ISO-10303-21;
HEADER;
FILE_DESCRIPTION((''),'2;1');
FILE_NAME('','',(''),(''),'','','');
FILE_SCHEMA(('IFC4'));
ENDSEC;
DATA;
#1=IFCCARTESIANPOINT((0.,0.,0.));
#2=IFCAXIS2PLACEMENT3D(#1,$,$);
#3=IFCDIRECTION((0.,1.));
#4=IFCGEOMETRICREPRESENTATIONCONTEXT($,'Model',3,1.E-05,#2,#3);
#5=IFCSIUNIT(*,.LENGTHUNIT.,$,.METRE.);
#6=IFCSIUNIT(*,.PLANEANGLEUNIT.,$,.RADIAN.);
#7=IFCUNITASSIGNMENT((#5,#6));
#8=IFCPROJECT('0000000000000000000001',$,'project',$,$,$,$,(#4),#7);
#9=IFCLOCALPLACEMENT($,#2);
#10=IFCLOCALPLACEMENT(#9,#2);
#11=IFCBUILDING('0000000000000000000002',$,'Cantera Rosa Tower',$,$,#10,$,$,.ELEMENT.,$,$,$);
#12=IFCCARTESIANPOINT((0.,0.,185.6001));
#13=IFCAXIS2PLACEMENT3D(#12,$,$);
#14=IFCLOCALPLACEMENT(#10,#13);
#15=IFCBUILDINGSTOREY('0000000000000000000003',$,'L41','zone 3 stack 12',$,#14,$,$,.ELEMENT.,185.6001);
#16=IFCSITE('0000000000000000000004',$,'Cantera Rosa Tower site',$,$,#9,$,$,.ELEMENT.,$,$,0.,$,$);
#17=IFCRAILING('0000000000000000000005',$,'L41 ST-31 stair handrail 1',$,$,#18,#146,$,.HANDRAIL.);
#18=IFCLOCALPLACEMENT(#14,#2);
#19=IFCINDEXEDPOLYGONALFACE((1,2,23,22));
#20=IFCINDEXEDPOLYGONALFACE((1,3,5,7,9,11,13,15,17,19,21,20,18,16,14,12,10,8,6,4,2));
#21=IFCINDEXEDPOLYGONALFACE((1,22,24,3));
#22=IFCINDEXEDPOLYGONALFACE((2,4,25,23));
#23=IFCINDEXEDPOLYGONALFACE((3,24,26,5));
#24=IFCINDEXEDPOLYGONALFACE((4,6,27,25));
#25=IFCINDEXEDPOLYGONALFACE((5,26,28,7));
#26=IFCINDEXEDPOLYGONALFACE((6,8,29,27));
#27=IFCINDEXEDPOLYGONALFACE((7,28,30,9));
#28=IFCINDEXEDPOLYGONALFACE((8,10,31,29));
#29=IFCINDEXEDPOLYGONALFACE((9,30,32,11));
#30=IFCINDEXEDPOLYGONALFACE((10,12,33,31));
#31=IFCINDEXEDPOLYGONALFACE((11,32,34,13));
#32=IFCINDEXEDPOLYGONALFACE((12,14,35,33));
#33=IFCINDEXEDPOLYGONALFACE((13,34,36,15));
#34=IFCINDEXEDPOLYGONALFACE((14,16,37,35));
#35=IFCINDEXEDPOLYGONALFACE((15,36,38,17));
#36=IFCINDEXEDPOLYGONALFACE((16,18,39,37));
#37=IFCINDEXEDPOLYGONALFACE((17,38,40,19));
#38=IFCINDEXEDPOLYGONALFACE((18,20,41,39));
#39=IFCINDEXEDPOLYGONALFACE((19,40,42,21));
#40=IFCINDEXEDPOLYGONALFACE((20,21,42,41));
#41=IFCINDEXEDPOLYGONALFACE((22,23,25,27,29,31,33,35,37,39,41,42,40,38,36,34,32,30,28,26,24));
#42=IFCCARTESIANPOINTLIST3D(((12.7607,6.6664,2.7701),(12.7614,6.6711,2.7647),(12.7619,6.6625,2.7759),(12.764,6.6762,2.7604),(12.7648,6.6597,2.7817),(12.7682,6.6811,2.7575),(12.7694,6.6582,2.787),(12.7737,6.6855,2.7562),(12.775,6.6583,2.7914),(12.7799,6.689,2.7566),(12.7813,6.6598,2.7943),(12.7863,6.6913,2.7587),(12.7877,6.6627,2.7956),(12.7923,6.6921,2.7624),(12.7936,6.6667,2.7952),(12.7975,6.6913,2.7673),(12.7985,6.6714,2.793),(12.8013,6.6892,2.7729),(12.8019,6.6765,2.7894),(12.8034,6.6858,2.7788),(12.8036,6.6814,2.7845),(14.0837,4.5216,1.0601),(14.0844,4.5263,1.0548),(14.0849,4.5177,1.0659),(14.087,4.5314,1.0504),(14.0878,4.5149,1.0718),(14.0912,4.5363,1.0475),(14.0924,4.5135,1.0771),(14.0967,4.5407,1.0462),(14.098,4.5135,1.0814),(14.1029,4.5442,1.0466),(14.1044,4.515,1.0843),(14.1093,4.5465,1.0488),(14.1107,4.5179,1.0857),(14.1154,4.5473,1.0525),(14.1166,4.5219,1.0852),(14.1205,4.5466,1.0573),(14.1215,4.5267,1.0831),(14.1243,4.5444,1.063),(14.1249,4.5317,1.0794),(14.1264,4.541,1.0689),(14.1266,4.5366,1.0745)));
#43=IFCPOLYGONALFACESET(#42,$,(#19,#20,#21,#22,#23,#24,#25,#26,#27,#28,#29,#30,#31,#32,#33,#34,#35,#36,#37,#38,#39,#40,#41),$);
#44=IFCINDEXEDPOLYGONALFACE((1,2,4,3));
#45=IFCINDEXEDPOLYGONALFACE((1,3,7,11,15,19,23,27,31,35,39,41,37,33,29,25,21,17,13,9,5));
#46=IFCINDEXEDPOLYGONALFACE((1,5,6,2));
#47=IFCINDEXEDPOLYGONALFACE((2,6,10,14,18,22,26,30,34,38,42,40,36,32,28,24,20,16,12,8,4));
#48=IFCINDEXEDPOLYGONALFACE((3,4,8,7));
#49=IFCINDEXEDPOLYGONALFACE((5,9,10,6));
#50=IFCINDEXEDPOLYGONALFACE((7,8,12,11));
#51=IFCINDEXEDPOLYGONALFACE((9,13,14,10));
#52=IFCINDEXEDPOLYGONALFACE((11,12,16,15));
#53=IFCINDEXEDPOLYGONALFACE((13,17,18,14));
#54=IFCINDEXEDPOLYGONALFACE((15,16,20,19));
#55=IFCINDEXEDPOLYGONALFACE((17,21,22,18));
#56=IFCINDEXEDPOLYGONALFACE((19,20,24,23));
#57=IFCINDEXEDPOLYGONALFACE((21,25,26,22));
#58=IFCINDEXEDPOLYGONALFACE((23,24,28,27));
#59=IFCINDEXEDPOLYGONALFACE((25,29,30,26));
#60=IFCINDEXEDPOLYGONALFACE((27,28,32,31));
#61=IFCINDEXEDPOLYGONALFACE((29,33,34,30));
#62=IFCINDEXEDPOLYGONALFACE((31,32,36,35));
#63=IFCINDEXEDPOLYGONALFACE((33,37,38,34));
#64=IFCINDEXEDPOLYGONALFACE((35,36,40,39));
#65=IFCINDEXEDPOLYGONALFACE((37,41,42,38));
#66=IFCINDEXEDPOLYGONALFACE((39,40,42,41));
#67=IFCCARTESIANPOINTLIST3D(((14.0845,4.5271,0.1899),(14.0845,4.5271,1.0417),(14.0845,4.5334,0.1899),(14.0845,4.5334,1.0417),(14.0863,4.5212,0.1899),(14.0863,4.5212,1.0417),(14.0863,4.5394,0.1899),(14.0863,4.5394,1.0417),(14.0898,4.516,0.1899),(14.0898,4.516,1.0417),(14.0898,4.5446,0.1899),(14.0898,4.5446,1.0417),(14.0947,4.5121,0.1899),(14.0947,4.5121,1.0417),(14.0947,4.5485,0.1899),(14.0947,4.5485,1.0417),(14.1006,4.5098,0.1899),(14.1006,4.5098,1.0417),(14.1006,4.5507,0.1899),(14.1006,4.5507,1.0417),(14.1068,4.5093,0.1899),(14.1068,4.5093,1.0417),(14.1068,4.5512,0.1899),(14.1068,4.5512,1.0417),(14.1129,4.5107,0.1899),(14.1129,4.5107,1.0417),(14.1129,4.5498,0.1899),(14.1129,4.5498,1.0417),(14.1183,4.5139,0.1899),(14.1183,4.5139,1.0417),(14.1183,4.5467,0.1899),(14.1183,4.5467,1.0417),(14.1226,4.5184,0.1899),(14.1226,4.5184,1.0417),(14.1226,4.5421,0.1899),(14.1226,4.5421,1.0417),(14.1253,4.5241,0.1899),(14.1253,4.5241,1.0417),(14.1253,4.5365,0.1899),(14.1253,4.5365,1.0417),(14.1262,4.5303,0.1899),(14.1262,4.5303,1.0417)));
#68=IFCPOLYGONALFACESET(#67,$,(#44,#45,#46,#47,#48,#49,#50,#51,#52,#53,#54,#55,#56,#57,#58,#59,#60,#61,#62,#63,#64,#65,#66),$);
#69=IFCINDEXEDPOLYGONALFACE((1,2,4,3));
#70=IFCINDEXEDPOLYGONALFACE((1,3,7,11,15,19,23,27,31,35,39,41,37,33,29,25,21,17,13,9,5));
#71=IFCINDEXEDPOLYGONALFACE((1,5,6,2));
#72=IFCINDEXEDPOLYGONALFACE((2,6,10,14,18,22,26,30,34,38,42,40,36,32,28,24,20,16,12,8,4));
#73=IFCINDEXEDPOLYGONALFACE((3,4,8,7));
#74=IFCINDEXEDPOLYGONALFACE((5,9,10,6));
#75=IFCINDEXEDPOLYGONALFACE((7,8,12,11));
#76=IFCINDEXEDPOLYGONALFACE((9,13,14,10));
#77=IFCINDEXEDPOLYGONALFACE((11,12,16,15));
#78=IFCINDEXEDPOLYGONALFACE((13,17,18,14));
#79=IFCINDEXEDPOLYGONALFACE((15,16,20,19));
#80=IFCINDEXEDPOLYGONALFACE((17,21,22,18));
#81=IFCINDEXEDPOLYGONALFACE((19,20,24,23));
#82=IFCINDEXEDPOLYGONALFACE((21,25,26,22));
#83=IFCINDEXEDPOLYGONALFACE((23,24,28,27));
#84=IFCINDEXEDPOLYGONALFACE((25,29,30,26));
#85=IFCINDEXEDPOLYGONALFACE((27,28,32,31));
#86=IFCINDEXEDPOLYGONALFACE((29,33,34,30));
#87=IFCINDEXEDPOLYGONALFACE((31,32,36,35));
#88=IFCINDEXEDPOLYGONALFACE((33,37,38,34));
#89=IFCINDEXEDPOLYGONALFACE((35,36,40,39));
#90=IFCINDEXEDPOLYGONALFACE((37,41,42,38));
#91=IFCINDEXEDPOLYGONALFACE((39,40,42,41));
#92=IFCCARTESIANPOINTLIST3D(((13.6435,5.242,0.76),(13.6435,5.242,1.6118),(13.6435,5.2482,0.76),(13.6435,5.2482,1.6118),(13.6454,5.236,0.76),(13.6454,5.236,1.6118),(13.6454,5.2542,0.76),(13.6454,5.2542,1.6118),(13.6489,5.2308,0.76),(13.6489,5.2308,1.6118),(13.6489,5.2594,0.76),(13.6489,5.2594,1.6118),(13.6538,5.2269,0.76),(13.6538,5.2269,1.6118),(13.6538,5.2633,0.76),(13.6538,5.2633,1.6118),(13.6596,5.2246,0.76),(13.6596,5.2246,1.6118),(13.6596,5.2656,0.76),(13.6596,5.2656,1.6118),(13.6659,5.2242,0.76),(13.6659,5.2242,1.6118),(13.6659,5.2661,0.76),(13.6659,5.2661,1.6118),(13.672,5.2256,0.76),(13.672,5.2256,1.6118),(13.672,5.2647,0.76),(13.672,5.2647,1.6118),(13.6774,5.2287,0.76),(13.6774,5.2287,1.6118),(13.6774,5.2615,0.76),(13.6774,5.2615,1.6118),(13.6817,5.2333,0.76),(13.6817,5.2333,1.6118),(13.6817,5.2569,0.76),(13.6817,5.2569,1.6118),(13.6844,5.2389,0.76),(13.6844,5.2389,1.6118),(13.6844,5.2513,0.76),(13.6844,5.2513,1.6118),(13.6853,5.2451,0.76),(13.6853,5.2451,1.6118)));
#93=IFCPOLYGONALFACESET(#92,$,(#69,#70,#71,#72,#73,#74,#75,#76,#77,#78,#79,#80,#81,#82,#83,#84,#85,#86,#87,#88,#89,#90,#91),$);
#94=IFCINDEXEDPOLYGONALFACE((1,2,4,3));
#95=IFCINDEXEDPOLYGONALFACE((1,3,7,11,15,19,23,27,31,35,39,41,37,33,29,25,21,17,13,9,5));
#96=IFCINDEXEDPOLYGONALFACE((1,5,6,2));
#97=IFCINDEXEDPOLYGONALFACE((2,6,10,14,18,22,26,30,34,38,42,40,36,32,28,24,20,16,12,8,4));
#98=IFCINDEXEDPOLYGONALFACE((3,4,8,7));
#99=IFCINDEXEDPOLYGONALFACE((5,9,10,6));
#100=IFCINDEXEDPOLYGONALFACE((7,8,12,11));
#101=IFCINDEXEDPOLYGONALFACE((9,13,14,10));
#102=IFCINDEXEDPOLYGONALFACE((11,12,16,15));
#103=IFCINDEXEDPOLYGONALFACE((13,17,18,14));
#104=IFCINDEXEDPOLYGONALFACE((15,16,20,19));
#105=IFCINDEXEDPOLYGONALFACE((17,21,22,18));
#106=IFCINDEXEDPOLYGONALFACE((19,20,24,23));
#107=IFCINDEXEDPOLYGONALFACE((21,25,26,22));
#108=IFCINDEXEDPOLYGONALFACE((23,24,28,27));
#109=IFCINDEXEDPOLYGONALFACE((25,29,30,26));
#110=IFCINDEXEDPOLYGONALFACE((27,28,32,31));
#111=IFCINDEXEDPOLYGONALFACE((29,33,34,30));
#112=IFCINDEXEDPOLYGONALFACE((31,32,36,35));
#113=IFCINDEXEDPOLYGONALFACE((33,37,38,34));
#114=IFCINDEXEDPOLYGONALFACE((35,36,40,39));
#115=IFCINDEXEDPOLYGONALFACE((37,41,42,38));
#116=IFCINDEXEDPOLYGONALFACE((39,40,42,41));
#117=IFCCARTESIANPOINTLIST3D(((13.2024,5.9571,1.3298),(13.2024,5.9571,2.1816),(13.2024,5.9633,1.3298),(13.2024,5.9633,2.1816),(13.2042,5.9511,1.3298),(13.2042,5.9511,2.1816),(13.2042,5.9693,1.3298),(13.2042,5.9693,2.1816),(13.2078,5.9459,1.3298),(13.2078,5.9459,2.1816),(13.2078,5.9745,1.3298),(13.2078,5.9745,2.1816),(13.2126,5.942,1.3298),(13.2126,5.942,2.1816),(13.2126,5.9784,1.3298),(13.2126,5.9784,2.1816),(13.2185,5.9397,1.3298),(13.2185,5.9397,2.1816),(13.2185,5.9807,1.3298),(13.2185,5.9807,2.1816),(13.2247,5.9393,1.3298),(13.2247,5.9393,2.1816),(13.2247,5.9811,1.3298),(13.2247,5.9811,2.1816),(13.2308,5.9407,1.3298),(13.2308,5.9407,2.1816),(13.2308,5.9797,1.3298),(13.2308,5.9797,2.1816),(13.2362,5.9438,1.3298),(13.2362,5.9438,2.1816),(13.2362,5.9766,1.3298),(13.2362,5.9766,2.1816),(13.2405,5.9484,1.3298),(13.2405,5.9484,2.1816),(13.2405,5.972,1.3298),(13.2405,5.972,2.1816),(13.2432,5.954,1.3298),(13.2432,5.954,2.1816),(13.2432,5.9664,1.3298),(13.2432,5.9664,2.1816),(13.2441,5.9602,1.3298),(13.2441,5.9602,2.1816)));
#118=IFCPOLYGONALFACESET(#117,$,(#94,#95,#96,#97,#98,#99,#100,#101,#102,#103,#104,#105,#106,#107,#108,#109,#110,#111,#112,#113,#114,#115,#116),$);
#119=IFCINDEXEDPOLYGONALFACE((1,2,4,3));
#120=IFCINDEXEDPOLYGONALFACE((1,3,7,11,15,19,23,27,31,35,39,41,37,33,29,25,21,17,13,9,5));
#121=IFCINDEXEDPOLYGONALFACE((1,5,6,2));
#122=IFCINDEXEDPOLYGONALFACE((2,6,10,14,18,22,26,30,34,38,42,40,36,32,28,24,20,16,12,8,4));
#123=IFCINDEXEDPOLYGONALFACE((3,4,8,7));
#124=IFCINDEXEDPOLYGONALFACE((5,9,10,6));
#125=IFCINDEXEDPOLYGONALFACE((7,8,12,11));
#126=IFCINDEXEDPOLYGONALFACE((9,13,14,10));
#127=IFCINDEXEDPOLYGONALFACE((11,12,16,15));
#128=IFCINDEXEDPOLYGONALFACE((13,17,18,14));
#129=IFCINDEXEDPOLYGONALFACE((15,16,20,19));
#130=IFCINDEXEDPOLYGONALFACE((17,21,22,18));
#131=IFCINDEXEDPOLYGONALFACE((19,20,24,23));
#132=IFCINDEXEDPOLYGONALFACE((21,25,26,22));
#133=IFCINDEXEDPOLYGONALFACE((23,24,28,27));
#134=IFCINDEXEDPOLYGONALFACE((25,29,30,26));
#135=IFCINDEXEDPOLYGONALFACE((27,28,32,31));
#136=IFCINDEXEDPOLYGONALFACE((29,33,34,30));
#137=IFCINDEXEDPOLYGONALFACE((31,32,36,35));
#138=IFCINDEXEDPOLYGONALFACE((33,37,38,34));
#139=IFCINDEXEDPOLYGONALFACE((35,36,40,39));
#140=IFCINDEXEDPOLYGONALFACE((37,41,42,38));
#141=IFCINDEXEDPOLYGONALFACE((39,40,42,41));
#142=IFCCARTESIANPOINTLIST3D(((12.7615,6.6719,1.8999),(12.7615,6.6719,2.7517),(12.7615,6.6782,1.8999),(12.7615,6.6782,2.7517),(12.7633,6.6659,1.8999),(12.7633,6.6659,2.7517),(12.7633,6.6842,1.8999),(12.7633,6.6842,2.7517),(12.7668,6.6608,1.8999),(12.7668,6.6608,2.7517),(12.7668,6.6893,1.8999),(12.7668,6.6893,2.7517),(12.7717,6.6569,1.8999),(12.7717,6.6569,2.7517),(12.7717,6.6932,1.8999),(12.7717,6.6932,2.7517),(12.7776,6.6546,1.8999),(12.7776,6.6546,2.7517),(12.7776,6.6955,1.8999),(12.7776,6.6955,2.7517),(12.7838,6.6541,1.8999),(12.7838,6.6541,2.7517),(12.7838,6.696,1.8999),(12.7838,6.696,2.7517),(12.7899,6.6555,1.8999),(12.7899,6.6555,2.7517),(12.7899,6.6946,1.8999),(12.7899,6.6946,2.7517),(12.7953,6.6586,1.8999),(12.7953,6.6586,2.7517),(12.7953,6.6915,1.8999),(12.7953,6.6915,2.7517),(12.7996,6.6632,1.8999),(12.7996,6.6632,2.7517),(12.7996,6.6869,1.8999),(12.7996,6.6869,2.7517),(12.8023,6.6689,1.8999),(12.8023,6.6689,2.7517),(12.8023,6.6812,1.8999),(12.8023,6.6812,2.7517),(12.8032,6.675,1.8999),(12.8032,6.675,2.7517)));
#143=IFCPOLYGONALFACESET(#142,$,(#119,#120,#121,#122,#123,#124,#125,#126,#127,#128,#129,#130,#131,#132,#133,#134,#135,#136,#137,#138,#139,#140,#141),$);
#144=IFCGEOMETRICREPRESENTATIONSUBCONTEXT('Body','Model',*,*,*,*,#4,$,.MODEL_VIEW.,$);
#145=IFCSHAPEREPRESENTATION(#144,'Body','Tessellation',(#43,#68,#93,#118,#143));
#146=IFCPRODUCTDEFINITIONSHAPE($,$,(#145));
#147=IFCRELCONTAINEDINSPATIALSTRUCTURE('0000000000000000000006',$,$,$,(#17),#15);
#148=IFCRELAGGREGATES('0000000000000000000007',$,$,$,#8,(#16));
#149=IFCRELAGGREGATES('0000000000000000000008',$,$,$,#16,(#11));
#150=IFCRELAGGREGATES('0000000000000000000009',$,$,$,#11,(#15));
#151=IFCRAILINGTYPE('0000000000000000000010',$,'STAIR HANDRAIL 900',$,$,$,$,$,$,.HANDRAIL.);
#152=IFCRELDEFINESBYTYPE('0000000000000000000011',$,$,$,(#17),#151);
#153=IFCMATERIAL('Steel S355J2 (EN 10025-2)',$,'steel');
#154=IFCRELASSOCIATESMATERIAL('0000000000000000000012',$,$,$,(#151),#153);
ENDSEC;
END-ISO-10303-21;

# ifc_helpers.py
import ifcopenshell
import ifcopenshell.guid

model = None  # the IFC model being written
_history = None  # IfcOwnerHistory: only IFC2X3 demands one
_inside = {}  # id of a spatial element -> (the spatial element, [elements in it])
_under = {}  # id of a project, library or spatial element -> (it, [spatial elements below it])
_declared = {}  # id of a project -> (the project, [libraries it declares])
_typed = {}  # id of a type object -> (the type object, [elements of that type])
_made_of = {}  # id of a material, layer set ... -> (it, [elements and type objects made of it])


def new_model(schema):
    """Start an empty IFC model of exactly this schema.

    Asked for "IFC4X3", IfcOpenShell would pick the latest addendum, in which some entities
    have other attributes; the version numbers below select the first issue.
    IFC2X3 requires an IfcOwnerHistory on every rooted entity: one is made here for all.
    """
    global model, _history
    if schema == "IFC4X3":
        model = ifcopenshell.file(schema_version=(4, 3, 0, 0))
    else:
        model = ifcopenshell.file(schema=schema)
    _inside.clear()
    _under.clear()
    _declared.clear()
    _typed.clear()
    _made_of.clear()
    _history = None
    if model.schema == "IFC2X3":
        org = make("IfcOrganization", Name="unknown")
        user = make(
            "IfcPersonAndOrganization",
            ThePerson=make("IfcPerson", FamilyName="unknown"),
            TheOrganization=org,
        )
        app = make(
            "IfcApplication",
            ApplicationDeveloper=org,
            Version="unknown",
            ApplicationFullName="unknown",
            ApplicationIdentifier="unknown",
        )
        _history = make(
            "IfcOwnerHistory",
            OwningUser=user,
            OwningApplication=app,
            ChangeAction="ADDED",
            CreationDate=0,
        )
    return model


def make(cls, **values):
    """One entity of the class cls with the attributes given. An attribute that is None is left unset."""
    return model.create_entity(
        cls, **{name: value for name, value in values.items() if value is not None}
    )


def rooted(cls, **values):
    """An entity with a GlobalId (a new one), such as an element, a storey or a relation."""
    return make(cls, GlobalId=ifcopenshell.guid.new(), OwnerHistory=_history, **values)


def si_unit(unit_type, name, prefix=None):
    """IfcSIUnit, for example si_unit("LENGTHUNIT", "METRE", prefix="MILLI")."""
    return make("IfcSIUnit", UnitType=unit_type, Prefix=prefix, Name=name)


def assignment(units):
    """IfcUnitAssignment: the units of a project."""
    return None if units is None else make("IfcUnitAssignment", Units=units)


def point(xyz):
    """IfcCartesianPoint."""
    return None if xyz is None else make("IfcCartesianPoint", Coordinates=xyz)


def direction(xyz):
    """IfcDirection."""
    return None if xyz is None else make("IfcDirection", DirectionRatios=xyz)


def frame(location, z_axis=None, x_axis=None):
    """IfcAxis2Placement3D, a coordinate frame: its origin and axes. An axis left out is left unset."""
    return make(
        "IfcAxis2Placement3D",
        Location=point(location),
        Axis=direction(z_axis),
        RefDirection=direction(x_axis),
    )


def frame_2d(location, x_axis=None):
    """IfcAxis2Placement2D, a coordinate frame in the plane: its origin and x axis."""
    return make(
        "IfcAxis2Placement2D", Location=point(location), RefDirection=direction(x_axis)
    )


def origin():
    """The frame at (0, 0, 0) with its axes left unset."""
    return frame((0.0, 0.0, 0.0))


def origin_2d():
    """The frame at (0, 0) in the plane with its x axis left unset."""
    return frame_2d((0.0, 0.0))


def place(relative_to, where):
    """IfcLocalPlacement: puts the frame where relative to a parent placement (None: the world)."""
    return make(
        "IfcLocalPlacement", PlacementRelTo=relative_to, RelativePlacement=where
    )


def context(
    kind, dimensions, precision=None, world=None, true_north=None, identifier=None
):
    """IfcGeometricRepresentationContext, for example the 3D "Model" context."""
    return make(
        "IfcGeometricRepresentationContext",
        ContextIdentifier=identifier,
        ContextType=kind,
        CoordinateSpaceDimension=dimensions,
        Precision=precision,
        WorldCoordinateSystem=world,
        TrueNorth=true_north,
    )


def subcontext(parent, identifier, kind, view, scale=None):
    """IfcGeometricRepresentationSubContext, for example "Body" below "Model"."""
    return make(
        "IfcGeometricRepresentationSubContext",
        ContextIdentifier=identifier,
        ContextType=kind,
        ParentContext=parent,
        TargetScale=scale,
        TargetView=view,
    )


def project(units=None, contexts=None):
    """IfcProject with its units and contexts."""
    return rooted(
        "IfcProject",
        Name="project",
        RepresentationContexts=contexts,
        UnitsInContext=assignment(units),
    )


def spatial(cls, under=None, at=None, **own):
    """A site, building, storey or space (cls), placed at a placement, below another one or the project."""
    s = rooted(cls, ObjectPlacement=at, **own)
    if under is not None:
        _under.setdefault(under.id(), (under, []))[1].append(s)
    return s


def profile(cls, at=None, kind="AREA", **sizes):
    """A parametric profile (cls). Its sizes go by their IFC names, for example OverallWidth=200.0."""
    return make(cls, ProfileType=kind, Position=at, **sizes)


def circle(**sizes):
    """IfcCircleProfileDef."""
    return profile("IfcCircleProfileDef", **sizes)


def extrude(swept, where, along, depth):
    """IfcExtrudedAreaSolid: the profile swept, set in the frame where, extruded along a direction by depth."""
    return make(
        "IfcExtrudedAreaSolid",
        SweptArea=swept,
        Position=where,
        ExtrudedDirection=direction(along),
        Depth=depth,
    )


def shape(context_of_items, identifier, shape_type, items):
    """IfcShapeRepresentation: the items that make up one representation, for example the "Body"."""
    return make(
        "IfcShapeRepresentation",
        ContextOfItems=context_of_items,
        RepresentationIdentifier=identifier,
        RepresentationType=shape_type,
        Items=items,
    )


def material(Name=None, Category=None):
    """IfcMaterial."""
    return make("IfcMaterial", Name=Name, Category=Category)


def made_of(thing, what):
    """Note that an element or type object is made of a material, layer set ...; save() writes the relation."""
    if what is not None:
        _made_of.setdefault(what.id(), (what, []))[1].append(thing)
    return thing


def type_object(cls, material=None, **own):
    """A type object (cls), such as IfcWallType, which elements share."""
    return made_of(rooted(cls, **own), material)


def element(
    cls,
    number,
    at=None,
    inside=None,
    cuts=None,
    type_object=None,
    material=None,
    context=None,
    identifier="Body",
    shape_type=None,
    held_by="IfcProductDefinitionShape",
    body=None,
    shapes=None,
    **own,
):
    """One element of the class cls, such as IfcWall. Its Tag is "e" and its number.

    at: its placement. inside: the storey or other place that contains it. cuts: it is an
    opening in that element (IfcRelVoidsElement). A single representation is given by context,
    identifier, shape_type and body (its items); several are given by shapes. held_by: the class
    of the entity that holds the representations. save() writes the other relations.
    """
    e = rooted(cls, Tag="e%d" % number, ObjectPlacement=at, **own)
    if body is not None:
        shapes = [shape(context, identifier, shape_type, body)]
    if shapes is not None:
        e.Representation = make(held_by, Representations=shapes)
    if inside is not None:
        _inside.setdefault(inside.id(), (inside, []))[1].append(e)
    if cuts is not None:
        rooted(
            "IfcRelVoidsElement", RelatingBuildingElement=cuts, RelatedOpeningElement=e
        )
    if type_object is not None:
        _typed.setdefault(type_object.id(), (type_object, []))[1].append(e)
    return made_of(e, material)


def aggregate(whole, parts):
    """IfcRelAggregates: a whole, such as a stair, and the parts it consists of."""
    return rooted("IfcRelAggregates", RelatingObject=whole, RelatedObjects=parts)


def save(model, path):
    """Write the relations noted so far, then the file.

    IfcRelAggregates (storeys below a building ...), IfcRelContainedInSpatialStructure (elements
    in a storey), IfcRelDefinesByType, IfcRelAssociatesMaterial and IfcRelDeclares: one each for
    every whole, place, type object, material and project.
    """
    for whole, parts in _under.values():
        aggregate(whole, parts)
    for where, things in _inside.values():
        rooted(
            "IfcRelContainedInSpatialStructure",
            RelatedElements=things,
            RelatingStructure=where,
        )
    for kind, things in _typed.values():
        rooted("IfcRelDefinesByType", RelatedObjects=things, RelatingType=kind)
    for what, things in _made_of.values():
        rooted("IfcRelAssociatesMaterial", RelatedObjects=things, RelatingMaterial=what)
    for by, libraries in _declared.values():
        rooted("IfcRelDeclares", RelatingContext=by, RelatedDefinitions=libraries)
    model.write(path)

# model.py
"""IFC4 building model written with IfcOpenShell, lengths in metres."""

from ifc_helpers import new_model, si_unit, direction, frame, origin, origin_2d, place, context, subcontext, project, spatial, circle, extrude, material, type_object, element, save


model = new_model("IFC4")

# Units and contexts
model_context = context("Model", 3, precision=1e-05, world=origin(), true_north=direction((0.0, 1.0)))
body_context = subcontext(model_context, "Body", "Model", "MODEL_VIEW")
ifc_project = project(units=[si_unit("LENGTHUNIT", "METRE"), si_unit("PLANEANGLEUNIT", "RADIAN")], contexts=[model_context])

# Site, building, storey
site_placement = place(None, origin())
site = spatial("IfcSite", under=ifc_project, at=site_placement, Name="Cantera Rosa Tower site", CompositionType="ELEMENT", RefElevation=0.0)
building_placement = place(site_placement, origin())
building = spatial("IfcBuilding", under=site, at=building_placement, Name="Cantera Rosa Tower", CompositionType="ELEMENT")
storey_placement = place(building_placement, frame((0.0, 0.0, 185.6001)))
storey = spatial("IfcBuildingStorey", under=building, at=storey_placement, Name="L41", Description="zone 3 stack 12", CompositionType="ELEMENT", Elevation=185.6001)

# Railing
ifc_material_1 = material(Name="Steel S355J2 (EN 10025-2)", Category="steel")
railing_type_1 = type_object("IfcRailingType", Name="STAIR HANDRAIL 900", PredefinedType="HANDRAIL", material=ifc_material_1)
railing_1_placement = place(storey_placement, frame((14.1052, 4.5303, 0.1899)))
element("IfcRailing", 1, at=railing_1_placement, inside=storey, type_object=railing_type_1, Name="L41 ST-31 stair handrail 1", PredefinedType="HANDRAIL", context=body_context, shape_type="SweptSolid", body=[
    extrude(circle(Radius=0.0239, at=origin_2d()), frame((0.0, 0.0, 0.876), z_axis=(-0.434428, 0.704271, 0.561493), x_axis=(-0.851102, -0.525, 0.0)), (0.0, 0.0, 1.0), 3.0454),
    extrude(circle(Radius=0.021, at=origin_2d()), origin(), (0.0, 0.0, 1.0), 0.8518),
    extrude(circle(Radius=0.021, at=origin_2d()), frame((-0.4409, 0.7148, 0.5701)), (0.0, 0.0, 1.0), 0.8518),
    extrude(circle(Radius=0.021, at=origin_2d()), frame((-0.8821, 1.4299, 1.1399)), (0.0, 0.0, 1.0), 0.8518),
    extrude(circle(Radius=0.021, at=origin_2d()), frame((-1.323, 2.1448, 1.71)), (0.0, 0.0, 1.0), 0.8518),
])

save(model, "model.ifc")
